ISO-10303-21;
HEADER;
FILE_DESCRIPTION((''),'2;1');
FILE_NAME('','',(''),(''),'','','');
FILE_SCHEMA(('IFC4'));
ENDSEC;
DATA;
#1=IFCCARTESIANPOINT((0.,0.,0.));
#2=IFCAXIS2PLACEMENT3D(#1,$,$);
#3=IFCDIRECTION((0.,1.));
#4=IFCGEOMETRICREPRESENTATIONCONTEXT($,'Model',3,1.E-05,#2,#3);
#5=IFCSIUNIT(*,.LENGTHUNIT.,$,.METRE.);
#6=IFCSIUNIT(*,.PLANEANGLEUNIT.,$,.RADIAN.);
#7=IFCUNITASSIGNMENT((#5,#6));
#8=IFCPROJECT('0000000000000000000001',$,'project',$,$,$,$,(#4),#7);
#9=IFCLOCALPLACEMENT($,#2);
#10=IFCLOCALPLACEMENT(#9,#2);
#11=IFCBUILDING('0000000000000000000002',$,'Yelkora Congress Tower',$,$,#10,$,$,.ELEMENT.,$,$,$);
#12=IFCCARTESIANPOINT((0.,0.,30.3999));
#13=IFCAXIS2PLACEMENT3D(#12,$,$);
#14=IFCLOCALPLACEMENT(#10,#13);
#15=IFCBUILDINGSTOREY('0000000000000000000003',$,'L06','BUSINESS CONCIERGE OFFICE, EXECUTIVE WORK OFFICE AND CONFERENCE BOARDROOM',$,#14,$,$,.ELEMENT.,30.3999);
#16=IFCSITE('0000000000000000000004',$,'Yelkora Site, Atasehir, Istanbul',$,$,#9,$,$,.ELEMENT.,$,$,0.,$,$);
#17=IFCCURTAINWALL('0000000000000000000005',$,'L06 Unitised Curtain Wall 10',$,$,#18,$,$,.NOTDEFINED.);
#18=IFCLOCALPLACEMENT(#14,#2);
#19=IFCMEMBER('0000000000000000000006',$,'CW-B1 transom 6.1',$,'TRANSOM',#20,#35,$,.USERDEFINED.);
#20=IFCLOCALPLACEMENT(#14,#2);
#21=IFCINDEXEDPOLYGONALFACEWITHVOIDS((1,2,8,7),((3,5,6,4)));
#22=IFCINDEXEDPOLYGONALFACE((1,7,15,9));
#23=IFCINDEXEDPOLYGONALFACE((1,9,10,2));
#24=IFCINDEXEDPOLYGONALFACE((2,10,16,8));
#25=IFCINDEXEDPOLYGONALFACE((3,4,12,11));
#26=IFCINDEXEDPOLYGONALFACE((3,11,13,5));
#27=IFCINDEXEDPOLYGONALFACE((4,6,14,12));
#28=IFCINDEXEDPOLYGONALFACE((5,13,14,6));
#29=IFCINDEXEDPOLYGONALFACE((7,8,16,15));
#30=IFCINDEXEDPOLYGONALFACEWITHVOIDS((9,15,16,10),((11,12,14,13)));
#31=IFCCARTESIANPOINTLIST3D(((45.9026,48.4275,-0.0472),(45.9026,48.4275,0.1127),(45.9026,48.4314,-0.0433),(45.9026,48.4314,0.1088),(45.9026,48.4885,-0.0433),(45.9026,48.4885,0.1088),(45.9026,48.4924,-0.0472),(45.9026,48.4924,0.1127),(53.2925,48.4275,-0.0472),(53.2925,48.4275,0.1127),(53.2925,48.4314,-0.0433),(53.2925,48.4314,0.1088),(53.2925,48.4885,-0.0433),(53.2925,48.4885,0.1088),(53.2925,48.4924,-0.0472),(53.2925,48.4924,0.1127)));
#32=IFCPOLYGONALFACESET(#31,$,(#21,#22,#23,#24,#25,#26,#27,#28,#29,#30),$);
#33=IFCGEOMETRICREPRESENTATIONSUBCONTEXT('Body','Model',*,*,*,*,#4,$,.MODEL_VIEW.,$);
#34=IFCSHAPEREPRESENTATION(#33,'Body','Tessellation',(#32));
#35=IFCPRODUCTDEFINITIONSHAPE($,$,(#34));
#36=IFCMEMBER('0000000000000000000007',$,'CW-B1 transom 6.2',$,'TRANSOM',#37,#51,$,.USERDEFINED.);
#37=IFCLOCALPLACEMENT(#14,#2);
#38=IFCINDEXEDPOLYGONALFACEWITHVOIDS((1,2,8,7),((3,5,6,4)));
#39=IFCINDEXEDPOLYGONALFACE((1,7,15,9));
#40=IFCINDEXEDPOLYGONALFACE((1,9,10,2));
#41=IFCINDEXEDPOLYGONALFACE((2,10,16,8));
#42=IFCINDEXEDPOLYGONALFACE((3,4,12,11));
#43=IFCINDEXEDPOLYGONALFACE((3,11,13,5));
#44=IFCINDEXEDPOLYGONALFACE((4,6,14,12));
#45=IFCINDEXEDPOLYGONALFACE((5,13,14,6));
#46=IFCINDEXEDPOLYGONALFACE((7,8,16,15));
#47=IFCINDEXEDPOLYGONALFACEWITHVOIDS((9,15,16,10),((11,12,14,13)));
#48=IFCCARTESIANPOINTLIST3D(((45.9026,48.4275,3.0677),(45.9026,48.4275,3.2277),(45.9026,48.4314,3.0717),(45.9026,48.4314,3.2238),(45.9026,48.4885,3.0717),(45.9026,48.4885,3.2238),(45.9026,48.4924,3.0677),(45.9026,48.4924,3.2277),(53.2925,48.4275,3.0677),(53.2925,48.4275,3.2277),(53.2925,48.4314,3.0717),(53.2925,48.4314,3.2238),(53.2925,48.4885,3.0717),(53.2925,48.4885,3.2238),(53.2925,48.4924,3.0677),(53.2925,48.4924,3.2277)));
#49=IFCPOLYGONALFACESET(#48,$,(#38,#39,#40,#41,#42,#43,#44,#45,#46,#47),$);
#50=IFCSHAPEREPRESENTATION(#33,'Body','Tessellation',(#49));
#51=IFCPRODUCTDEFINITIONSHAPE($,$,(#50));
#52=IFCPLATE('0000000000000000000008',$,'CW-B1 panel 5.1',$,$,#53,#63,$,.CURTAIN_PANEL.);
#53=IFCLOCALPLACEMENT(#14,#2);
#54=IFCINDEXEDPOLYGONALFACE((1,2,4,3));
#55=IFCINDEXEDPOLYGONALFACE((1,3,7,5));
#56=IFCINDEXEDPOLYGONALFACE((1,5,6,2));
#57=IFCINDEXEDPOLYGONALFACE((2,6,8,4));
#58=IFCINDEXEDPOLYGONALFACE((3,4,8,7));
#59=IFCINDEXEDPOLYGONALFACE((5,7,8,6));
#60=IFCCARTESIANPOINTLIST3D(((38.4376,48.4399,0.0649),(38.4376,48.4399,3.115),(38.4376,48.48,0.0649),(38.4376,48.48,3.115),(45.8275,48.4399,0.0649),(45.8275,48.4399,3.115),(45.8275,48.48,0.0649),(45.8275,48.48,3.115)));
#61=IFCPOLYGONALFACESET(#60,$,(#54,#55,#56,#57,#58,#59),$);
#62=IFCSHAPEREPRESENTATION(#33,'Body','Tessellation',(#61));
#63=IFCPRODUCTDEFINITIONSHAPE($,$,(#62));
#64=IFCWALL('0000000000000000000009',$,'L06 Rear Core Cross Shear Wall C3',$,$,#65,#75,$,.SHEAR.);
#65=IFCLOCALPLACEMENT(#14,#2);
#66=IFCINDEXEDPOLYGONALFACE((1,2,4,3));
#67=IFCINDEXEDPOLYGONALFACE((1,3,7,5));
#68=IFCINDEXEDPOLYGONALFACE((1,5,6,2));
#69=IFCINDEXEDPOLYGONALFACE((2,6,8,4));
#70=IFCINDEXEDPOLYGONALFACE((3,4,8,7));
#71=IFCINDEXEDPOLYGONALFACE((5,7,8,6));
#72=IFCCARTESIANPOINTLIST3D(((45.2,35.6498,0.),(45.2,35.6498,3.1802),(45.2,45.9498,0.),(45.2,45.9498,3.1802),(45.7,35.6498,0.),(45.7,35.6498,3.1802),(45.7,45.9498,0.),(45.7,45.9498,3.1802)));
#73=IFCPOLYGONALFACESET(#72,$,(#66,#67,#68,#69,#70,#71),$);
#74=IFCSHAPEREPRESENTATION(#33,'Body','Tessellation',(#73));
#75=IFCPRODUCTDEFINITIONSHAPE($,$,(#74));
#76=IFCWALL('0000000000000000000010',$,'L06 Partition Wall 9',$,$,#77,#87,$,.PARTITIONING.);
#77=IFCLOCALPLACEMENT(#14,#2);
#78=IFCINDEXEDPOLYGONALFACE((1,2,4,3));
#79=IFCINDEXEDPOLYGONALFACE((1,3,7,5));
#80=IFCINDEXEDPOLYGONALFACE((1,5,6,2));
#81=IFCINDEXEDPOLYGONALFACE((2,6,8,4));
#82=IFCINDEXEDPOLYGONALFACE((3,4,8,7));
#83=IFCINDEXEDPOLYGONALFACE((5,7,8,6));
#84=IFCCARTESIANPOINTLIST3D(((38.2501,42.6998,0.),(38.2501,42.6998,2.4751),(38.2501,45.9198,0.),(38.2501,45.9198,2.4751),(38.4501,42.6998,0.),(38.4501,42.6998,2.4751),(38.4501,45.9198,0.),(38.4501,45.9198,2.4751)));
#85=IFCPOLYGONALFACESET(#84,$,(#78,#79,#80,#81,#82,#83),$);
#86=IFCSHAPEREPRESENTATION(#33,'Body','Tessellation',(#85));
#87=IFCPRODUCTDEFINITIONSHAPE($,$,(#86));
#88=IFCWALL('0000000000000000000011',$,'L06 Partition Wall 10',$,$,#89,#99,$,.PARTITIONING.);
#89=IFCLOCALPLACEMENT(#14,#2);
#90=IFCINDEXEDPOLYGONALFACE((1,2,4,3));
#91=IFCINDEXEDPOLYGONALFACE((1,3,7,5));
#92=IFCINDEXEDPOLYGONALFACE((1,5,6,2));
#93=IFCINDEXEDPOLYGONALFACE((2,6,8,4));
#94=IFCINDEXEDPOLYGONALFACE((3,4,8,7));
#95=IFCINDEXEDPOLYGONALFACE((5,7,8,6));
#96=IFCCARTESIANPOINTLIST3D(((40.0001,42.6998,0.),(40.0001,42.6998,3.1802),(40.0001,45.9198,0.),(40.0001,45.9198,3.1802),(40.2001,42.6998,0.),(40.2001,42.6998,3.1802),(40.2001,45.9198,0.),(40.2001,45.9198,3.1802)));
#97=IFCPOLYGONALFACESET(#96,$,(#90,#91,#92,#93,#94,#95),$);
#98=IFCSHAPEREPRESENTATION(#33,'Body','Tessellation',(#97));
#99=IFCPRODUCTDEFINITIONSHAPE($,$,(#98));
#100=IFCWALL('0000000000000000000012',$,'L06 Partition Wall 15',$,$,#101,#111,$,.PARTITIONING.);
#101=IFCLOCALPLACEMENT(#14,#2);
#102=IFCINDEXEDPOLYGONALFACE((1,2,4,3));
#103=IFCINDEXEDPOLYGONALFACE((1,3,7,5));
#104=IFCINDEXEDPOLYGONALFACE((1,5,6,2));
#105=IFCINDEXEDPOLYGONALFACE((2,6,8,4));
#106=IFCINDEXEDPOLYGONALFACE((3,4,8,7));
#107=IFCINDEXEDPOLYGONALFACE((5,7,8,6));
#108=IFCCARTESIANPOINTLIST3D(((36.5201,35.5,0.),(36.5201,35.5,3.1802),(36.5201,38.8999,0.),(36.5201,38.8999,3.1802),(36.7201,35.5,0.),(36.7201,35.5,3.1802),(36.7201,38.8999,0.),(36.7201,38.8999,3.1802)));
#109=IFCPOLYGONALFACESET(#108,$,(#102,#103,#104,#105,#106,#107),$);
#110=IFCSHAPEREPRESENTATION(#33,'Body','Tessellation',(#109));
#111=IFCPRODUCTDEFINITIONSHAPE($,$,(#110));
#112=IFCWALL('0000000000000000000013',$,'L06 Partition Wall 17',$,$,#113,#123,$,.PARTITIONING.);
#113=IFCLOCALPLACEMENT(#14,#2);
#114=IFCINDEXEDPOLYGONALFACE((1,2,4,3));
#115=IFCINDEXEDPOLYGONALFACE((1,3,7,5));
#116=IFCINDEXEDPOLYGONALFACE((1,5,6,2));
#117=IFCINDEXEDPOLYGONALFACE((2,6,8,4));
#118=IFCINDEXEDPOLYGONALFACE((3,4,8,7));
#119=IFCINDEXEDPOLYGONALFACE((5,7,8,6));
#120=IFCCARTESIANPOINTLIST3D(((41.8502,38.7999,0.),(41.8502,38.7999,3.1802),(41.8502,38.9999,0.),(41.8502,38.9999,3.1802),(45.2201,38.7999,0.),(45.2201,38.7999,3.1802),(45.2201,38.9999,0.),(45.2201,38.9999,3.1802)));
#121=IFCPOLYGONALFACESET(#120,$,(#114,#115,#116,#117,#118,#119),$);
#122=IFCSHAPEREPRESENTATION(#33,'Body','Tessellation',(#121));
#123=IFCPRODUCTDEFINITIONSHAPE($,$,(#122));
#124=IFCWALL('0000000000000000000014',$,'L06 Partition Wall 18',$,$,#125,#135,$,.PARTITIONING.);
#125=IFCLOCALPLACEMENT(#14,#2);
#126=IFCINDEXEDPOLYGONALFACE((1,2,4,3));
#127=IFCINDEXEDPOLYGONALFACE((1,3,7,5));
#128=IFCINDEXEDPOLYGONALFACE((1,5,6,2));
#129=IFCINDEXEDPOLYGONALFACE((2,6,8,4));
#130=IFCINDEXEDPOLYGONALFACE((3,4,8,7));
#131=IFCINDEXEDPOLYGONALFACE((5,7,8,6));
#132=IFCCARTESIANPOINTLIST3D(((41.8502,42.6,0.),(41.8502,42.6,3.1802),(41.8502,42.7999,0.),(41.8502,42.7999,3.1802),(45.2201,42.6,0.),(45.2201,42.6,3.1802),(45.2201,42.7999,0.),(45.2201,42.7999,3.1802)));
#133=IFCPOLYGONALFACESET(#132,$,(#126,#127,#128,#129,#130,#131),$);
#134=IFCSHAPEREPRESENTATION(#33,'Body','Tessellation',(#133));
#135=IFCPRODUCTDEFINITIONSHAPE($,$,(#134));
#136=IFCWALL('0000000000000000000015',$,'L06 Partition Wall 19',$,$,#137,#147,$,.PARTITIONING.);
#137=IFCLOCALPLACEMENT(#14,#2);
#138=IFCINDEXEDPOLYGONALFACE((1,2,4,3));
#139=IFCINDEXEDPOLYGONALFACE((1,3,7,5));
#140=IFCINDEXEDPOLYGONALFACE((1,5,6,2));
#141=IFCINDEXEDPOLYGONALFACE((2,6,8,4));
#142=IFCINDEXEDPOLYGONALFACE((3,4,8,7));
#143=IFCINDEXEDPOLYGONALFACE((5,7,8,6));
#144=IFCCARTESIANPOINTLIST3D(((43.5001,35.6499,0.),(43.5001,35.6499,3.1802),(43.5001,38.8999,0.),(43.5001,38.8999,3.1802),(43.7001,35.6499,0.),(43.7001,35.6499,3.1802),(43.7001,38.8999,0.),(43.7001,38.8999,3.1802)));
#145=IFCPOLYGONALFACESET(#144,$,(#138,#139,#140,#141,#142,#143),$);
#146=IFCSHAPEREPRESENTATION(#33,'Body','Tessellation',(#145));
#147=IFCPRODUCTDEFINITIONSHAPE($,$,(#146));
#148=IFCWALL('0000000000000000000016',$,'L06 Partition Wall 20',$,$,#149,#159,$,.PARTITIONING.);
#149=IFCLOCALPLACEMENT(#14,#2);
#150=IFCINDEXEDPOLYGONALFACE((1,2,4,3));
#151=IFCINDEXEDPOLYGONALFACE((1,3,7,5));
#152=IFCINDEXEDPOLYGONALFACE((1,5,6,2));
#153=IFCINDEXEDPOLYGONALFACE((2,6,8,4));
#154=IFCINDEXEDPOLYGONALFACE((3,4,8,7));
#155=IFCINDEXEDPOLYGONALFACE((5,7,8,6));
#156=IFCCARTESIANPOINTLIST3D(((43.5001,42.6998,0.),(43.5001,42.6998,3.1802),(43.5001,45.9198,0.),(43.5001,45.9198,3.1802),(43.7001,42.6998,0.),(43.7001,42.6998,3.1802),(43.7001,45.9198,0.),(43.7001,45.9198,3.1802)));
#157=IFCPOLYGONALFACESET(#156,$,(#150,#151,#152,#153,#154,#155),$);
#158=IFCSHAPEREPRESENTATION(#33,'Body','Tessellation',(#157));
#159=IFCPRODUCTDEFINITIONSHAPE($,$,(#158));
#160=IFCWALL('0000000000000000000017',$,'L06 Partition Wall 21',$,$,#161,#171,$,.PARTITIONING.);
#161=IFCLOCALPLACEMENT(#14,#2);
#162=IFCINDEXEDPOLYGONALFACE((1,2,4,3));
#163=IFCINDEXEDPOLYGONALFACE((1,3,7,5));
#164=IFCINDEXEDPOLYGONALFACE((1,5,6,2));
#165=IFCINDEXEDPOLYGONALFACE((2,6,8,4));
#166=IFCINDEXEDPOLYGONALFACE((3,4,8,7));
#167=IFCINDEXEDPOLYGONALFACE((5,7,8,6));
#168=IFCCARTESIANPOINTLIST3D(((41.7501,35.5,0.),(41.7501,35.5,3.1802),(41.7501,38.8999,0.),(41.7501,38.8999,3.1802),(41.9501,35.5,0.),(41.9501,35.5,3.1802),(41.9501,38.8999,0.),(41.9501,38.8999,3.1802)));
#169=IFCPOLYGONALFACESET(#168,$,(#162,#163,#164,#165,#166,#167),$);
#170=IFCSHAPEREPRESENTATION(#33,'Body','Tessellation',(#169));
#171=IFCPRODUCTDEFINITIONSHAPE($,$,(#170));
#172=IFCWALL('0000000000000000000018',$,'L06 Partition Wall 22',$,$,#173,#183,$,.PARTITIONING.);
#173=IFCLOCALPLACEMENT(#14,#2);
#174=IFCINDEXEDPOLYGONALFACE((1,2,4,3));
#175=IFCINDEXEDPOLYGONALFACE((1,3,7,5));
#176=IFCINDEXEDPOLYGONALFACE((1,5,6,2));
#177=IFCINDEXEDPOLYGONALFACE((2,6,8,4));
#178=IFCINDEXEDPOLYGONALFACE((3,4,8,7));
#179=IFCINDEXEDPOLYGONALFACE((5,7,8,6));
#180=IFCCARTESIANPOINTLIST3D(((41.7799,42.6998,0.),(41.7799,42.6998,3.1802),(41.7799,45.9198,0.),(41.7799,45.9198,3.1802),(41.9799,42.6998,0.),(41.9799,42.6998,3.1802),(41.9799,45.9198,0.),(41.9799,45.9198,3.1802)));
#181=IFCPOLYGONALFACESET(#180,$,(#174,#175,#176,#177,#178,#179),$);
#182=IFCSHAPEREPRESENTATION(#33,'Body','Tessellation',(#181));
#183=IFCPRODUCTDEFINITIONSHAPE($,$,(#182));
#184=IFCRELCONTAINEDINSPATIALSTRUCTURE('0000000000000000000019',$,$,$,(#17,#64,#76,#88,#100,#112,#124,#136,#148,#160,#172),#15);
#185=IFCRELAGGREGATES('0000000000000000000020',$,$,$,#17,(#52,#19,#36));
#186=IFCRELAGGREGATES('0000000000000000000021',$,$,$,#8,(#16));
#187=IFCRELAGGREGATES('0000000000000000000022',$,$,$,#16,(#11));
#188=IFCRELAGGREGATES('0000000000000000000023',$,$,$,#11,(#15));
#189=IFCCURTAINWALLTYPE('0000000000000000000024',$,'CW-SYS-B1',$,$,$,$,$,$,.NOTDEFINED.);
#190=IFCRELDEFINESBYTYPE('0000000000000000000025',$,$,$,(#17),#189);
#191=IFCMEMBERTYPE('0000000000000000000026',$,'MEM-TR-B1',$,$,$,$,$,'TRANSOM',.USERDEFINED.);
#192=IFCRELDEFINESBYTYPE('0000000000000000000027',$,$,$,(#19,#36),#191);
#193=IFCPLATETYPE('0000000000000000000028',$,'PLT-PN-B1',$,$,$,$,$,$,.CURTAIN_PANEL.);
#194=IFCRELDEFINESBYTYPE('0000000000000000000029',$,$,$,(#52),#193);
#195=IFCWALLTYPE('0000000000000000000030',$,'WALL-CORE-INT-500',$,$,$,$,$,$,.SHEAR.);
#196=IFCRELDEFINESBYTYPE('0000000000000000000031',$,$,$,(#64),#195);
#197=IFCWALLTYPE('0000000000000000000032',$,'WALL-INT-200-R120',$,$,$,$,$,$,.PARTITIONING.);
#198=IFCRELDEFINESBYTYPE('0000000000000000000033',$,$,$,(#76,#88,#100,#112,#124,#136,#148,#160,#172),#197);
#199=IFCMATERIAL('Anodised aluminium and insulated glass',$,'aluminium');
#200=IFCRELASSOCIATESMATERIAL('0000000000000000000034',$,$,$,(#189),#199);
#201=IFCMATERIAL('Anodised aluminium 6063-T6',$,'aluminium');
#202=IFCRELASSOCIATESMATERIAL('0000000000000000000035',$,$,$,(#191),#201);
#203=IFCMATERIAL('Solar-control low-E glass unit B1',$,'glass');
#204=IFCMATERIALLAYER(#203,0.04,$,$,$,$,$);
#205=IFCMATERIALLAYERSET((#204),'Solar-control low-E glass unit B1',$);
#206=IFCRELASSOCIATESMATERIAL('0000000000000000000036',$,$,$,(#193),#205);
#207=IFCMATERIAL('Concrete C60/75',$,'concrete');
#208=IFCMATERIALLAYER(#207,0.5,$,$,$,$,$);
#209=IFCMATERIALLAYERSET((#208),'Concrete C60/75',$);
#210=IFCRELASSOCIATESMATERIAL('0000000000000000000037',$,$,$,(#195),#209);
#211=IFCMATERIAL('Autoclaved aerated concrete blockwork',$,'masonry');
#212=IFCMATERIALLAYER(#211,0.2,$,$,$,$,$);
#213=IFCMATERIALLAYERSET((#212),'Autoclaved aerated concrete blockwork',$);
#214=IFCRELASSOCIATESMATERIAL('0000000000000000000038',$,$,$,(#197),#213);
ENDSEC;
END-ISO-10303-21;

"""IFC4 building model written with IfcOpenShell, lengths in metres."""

from ifc_helpers import new_model, si_unit, direction, frame, frame_2d, origin, origin_2d, place, context, subcontext, project, spatial, rectangle, hollow_rectangle, extrude, material, layer, layer_set, material_profile, profile_set, type_object, element, aggregate, save


model = new_model("IFC4")

# Units and contexts
model_context = context("Model", 3, precision=1e-05, world=origin(), true_north=direction((0.0, 1.0)))
body_context = subcontext(model_context, "Body", "Model", "MODEL_VIEW")
ifc_project = project(units=[si_unit("LENGTHUNIT", "METRE"), si_unit("PLANEANGLEUNIT", "RADIAN")], contexts=[model_context])

# Site, building, storey
site_placement = place(None, origin())
site = spatial("IfcSite", under=ifc_project, at=site_placement, Name="Yelkora Site, Atasehir, Istanbul", CompositionType="ELEMENT", RefElevation=0.0)
building_placement = place(site_placement, origin())
building = spatial("IfcBuilding", under=site, at=building_placement, Name="Yelkora Congress Tower", CompositionType="ELEMENT")
storey_placement = place(building_placement, frame((0.0, 0.0, 30.3999)))
storey = spatial("IfcBuildingStorey", under=building, at=storey_placement, Name="L06", Description="BUSINESS CONCIERGE OFFICE, EXECUTIVE WORK OFFICE AND CONFERENCE BOARDROOM", CompositionType="ELEMENT", Elevation=30.3999)

# Shared definitions
ifc_material_1 = material(Name="Concrete C60/75", Category="concrete")

# Curtain wall, members, plate
ifc_material_2 = material(Name="Anodised aluminium and insulated glass", Category="aluminium")
curtain_wall_type = type_object("IfcCurtainWallType", Name="CW-SYS-B1", PredefinedType="NOTDEFINED", material=ifc_material_2)
curtain_wall_placement = place(storey_placement, origin())
curtain_wall = element("IfcCurtainWall", 1, at=curtain_wall_placement, inside=storey, type_object=curtain_wall_type, Name="L06 Unitised Curtain Wall 10", PredefinedType="NOTDEFINED")
ifc_material_3 = material(Name="Anodised aluminium 6063-T6", Category="aluminium")
ifc_material_profile_1 = material_profile(ifc_material_3, hollow_rectangle(XDim=0.0649, YDim=0.1599, WallThickness=0.0039, at=origin_2d()), Name="ALU 65x160x4")
ifc_profile_set_1 = profile_set([ifc_material_profile_1], Name="Anodised aluminium 6063-T6")
member_type_1 = type_object("IfcMemberType", Name="MEM-TR-B1", ElementType="TRANSOM", PredefinedType="USERDEFINED", material=ifc_profile_set_1)
member_1_placement = place(storey_placement, frame((45.9026, 48.46, 0.0327), z_axis=(1.0, 0.0, 0.0), x_axis=(0.0, 1.0, 0.0)))
member_1 = element("IfcMember", 2, at=member_1_placement, type_object=member_type_1, Name="CW-B1 transom 6.1", ObjectType="TRANSOM", PredefinedType="USERDEFINED", context=body_context, shape_type="SweptSolid", body=[
    extrude(hollow_rectangle(XDim=0.0649, YDim=0.1599, WallThickness=0.0039, at=origin_2d()), origin(), (0.0, 0.0, 1.0), 7.3899),
])
member_2_placement = place(storey_placement, frame((45.9026, 48.46, 3.1477), z_axis=(1.0, 0.0, 0.0), x_axis=(0.0, 1.0, 0.0)))
member_2 = element("IfcMember", 3, at=member_2_placement, type_object=member_type_1, Name="CW-B1 transom 6.2", ObjectType="TRANSOM", PredefinedType="USERDEFINED", context=body_context, shape_type="SweptSolid", body=[
    extrude(hollow_rectangle(XDim=0.0649, YDim=0.1599, WallThickness=0.0039, at=origin_2d()), origin(), (0.0, 0.0, 1.0), 7.3899),
])
ifc_material_4 = material(Name="Solar-control low-E glass unit B1", Category="glass")
ifc_layer_1 = layer(ifc_material_4, 0.04)
ifc_layer_set_1 = layer_set([ifc_layer_1], Name="Solar-control low-E glass unit B1")
plate_type = type_object("IfcPlateType", Name="PLT-PN-B1", PredefinedType="CURTAIN_PANEL", material=ifc_layer_set_1)
plate_placement = place(storey_placement, frame((42.1326, 48.46, 0.0649), z_axis=(0.0, 0.0, 1.0), x_axis=(1.0, 0.0, 0.0)))
plate = element("IfcPlate", 4, at=plate_placement, type_object=plate_type, Name="CW-B1 panel 5.1", PredefinedType="CURTAIN_PANEL", context=body_context, shape_type="SweptSolid", body=[
    extrude(rectangle(XDim=7.3899, YDim=0.04, at=origin_2d()), origin(), (0.0, 0.0, 1.0), 3.05),
])
aggregate(curtain_wall, [plate, member_1, member_2])

# Wall
ifc_layer_2 = layer(ifc_material_1, 0.5)
ifc_layer_set_2 = layer_set([ifc_layer_2], Name="Concrete C60/75")
wall_type_1 = type_object("IfcWallType", Name="WALL-CORE-INT-500", PredefinedType="SHEAR", material=ifc_layer_set_2)
wall_1_placement = place(storey_placement, frame((45.45, 35.6499, 0.0), z_axis=(0.0, 0.0, 1.0), x_axis=(0.0, 1.0, 0.0)))
element("IfcWall", 5, at=wall_1_placement, inside=storey, type_object=wall_type_1, Name="L06 Rear Core Cross Shear Wall C3", PredefinedType="SHEAR", context=body_context, shape_type="SweptSolid", body=[
    extrude(rectangle(XDim=10.3, YDim=0.5, at=frame_2d((5.1499, 0.0))), origin(), (0.0, 0.0, 1.0), 3.1802),
])

# Walls
ifc_material_5 = material(Name="Autoclaved aerated concrete blockwork", Category="masonry")
ifc_layer_3 = layer(ifc_material_5, 0.2)
ifc_layer_set_3 = layer_set([ifc_layer_3], Name="Autoclaved aerated concrete blockwork")
wall_type_2 = type_object("IfcWallType", Name="WALL-INT-200-R120", PredefinedType="PARTITIONING", material=ifc_layer_set_3)
wall_2_placement = place(storey_placement, frame((38.3501, 42.7, 0.0), z_axis=(0.0, 0.0, 1.0), x_axis=(0.0, 1.0, 0.0)))
element("IfcWall", 6, at=wall_2_placement, inside=storey, type_object=wall_type_2, Name="L06 Partition Wall 9", PredefinedType="PARTITIONING", context=body_context, shape_type="SweptSolid", body=[
    extrude(rectangle(XDim=3.22, YDim=0.2, at=frame_2d((1.6099, 0.0))), origin(), (0.0, 0.0, 1.0), 2.4751),
])
wall_3_placement = place(storey_placement, frame((40.1001, 42.7, 0.0), z_axis=(0.0, 0.0, 1.0), x_axis=(0.0, 1.0, 0.0)))
element("IfcWall", 7, at=wall_3_placement, inside=storey, type_object=wall_type_2, Name="L06 Partition Wall 10", PredefinedType="PARTITIONING", context=body_context, shape_type="SweptSolid", body=[
    extrude(rectangle(XDim=3.22, YDim=0.2, at=frame_2d((1.6099, 0.0))), origin(), (0.0, 0.0, 1.0), 3.1802),
])
wall_4_placement = place(storey_placement, frame((36.6201, 35.5, 0.0), z_axis=(0.0, 0.0, 1.0), x_axis=(0.0, 1.0, 0.0)))
element("IfcWall", 8, at=wall_4_placement, inside=storey, type_object=wall_type_2, Name="L06 Partition Wall 15", PredefinedType="PARTITIONING", context=body_context, shape_type="SweptSolid", body=[
    extrude(rectangle(XDim=3.3999, YDim=0.2, at=frame_2d((1.7, 0.0))), origin(), (0.0, 0.0, 1.0), 3.1802),
])
for number, where, z_axis, x_axis, name in (
    (9, (41.8501, 38.8999, 0.0), (0.0, 0.0, 1.0), (1.0, 0.0, 0.0), "L06 Partition Wall 17"),
    (10, (41.8501, 42.7, 0.0), (0.0, 0.0, 1.0), (1.0, 0.0, 0.0), "L06 Partition Wall 18"),
):
    element("IfcWall", number, at=place(storey_placement, frame(where, z_axis=z_axis, x_axis=x_axis)), inside=storey, type_object=wall_type_2, Name=name, PredefinedType="PARTITIONING", context=body_context, shape_type="SweptSolid", body=[
        extrude(rectangle(XDim=3.3699, YDim=0.2, at=frame_2d((1.6851, 0.0))), origin(), (0.0, 0.0, 1.0), 3.1802),
    ])
wall_5_placement = place(storey_placement, frame((43.6001, 35.6499, 0.0), z_axis=(0.0, 0.0, 1.0), x_axis=(0.0, 1.0, 0.0)))
element("IfcWall", 11, at=wall_5_placement, inside=storey, type_object=wall_type_2, Name="L06 Partition Wall 19", PredefinedType="PARTITIONING", context=body_context, shape_type="SweptSolid", body=[
    extrude(rectangle(XDim=3.25, YDim=0.2, at=frame_2d((1.625, 0.0))), origin(), (0.0, 0.0, 1.0), 3.1802),
])
wall_6_placement = place(storey_placement, frame((43.6001, 42.7, 0.0), z_axis=(0.0, 0.0, 1.0), x_axis=(0.0, 1.0, 0.0)))
element("IfcWall", 12, at=wall_6_placement, inside=storey, type_object=wall_type_2, Name="L06 Partition Wall 20", PredefinedType="PARTITIONING", context=body_context, shape_type="SweptSolid", body=[
    extrude(rectangle(XDim=3.22, YDim=0.2, at=frame_2d((1.6099, 0.0))), origin(), (0.0, 0.0, 1.0), 3.1802),
])
wall_7_placement = place(storey_placement, frame((41.8501, 35.5, 0.0), z_axis=(0.0, 0.0, 1.0), x_axis=(0.0, 1.0, 0.0)))
element("IfcWall", 13, at=wall_7_placement, inside=storey, type_object=wall_type_2, Name="L06 Partition Wall 21", PredefinedType="PARTITIONING", context=body_context, shape_type="SweptSolid", body=[
    extrude(rectangle(XDim=3.3999, YDim=0.2, at=frame_2d((1.7, 0.0))), origin(), (0.0, 0.0, 1.0), 3.1802),
])
wall_8_placement = place(storey_placement, frame((41.8799, 42.7, 0.0), z_axis=(0.0, 0.0, 1.0), x_axis=(0.0, 1.0, 0.0)))
element("IfcWall", 14, at=wall_8_placement, inside=storey, type_object=wall_type_2, Name="L06 Partition Wall 22", PredefinedType="PARTITIONING", context=body_context, shape_type="SweptSolid", body=[
    extrude(rectangle(XDim=3.22, YDim=0.2, at=frame_2d((1.6099, 0.0))), origin(), (0.0, 0.0, 1.0), 3.1802),
])

save(model, "model.ifc")
